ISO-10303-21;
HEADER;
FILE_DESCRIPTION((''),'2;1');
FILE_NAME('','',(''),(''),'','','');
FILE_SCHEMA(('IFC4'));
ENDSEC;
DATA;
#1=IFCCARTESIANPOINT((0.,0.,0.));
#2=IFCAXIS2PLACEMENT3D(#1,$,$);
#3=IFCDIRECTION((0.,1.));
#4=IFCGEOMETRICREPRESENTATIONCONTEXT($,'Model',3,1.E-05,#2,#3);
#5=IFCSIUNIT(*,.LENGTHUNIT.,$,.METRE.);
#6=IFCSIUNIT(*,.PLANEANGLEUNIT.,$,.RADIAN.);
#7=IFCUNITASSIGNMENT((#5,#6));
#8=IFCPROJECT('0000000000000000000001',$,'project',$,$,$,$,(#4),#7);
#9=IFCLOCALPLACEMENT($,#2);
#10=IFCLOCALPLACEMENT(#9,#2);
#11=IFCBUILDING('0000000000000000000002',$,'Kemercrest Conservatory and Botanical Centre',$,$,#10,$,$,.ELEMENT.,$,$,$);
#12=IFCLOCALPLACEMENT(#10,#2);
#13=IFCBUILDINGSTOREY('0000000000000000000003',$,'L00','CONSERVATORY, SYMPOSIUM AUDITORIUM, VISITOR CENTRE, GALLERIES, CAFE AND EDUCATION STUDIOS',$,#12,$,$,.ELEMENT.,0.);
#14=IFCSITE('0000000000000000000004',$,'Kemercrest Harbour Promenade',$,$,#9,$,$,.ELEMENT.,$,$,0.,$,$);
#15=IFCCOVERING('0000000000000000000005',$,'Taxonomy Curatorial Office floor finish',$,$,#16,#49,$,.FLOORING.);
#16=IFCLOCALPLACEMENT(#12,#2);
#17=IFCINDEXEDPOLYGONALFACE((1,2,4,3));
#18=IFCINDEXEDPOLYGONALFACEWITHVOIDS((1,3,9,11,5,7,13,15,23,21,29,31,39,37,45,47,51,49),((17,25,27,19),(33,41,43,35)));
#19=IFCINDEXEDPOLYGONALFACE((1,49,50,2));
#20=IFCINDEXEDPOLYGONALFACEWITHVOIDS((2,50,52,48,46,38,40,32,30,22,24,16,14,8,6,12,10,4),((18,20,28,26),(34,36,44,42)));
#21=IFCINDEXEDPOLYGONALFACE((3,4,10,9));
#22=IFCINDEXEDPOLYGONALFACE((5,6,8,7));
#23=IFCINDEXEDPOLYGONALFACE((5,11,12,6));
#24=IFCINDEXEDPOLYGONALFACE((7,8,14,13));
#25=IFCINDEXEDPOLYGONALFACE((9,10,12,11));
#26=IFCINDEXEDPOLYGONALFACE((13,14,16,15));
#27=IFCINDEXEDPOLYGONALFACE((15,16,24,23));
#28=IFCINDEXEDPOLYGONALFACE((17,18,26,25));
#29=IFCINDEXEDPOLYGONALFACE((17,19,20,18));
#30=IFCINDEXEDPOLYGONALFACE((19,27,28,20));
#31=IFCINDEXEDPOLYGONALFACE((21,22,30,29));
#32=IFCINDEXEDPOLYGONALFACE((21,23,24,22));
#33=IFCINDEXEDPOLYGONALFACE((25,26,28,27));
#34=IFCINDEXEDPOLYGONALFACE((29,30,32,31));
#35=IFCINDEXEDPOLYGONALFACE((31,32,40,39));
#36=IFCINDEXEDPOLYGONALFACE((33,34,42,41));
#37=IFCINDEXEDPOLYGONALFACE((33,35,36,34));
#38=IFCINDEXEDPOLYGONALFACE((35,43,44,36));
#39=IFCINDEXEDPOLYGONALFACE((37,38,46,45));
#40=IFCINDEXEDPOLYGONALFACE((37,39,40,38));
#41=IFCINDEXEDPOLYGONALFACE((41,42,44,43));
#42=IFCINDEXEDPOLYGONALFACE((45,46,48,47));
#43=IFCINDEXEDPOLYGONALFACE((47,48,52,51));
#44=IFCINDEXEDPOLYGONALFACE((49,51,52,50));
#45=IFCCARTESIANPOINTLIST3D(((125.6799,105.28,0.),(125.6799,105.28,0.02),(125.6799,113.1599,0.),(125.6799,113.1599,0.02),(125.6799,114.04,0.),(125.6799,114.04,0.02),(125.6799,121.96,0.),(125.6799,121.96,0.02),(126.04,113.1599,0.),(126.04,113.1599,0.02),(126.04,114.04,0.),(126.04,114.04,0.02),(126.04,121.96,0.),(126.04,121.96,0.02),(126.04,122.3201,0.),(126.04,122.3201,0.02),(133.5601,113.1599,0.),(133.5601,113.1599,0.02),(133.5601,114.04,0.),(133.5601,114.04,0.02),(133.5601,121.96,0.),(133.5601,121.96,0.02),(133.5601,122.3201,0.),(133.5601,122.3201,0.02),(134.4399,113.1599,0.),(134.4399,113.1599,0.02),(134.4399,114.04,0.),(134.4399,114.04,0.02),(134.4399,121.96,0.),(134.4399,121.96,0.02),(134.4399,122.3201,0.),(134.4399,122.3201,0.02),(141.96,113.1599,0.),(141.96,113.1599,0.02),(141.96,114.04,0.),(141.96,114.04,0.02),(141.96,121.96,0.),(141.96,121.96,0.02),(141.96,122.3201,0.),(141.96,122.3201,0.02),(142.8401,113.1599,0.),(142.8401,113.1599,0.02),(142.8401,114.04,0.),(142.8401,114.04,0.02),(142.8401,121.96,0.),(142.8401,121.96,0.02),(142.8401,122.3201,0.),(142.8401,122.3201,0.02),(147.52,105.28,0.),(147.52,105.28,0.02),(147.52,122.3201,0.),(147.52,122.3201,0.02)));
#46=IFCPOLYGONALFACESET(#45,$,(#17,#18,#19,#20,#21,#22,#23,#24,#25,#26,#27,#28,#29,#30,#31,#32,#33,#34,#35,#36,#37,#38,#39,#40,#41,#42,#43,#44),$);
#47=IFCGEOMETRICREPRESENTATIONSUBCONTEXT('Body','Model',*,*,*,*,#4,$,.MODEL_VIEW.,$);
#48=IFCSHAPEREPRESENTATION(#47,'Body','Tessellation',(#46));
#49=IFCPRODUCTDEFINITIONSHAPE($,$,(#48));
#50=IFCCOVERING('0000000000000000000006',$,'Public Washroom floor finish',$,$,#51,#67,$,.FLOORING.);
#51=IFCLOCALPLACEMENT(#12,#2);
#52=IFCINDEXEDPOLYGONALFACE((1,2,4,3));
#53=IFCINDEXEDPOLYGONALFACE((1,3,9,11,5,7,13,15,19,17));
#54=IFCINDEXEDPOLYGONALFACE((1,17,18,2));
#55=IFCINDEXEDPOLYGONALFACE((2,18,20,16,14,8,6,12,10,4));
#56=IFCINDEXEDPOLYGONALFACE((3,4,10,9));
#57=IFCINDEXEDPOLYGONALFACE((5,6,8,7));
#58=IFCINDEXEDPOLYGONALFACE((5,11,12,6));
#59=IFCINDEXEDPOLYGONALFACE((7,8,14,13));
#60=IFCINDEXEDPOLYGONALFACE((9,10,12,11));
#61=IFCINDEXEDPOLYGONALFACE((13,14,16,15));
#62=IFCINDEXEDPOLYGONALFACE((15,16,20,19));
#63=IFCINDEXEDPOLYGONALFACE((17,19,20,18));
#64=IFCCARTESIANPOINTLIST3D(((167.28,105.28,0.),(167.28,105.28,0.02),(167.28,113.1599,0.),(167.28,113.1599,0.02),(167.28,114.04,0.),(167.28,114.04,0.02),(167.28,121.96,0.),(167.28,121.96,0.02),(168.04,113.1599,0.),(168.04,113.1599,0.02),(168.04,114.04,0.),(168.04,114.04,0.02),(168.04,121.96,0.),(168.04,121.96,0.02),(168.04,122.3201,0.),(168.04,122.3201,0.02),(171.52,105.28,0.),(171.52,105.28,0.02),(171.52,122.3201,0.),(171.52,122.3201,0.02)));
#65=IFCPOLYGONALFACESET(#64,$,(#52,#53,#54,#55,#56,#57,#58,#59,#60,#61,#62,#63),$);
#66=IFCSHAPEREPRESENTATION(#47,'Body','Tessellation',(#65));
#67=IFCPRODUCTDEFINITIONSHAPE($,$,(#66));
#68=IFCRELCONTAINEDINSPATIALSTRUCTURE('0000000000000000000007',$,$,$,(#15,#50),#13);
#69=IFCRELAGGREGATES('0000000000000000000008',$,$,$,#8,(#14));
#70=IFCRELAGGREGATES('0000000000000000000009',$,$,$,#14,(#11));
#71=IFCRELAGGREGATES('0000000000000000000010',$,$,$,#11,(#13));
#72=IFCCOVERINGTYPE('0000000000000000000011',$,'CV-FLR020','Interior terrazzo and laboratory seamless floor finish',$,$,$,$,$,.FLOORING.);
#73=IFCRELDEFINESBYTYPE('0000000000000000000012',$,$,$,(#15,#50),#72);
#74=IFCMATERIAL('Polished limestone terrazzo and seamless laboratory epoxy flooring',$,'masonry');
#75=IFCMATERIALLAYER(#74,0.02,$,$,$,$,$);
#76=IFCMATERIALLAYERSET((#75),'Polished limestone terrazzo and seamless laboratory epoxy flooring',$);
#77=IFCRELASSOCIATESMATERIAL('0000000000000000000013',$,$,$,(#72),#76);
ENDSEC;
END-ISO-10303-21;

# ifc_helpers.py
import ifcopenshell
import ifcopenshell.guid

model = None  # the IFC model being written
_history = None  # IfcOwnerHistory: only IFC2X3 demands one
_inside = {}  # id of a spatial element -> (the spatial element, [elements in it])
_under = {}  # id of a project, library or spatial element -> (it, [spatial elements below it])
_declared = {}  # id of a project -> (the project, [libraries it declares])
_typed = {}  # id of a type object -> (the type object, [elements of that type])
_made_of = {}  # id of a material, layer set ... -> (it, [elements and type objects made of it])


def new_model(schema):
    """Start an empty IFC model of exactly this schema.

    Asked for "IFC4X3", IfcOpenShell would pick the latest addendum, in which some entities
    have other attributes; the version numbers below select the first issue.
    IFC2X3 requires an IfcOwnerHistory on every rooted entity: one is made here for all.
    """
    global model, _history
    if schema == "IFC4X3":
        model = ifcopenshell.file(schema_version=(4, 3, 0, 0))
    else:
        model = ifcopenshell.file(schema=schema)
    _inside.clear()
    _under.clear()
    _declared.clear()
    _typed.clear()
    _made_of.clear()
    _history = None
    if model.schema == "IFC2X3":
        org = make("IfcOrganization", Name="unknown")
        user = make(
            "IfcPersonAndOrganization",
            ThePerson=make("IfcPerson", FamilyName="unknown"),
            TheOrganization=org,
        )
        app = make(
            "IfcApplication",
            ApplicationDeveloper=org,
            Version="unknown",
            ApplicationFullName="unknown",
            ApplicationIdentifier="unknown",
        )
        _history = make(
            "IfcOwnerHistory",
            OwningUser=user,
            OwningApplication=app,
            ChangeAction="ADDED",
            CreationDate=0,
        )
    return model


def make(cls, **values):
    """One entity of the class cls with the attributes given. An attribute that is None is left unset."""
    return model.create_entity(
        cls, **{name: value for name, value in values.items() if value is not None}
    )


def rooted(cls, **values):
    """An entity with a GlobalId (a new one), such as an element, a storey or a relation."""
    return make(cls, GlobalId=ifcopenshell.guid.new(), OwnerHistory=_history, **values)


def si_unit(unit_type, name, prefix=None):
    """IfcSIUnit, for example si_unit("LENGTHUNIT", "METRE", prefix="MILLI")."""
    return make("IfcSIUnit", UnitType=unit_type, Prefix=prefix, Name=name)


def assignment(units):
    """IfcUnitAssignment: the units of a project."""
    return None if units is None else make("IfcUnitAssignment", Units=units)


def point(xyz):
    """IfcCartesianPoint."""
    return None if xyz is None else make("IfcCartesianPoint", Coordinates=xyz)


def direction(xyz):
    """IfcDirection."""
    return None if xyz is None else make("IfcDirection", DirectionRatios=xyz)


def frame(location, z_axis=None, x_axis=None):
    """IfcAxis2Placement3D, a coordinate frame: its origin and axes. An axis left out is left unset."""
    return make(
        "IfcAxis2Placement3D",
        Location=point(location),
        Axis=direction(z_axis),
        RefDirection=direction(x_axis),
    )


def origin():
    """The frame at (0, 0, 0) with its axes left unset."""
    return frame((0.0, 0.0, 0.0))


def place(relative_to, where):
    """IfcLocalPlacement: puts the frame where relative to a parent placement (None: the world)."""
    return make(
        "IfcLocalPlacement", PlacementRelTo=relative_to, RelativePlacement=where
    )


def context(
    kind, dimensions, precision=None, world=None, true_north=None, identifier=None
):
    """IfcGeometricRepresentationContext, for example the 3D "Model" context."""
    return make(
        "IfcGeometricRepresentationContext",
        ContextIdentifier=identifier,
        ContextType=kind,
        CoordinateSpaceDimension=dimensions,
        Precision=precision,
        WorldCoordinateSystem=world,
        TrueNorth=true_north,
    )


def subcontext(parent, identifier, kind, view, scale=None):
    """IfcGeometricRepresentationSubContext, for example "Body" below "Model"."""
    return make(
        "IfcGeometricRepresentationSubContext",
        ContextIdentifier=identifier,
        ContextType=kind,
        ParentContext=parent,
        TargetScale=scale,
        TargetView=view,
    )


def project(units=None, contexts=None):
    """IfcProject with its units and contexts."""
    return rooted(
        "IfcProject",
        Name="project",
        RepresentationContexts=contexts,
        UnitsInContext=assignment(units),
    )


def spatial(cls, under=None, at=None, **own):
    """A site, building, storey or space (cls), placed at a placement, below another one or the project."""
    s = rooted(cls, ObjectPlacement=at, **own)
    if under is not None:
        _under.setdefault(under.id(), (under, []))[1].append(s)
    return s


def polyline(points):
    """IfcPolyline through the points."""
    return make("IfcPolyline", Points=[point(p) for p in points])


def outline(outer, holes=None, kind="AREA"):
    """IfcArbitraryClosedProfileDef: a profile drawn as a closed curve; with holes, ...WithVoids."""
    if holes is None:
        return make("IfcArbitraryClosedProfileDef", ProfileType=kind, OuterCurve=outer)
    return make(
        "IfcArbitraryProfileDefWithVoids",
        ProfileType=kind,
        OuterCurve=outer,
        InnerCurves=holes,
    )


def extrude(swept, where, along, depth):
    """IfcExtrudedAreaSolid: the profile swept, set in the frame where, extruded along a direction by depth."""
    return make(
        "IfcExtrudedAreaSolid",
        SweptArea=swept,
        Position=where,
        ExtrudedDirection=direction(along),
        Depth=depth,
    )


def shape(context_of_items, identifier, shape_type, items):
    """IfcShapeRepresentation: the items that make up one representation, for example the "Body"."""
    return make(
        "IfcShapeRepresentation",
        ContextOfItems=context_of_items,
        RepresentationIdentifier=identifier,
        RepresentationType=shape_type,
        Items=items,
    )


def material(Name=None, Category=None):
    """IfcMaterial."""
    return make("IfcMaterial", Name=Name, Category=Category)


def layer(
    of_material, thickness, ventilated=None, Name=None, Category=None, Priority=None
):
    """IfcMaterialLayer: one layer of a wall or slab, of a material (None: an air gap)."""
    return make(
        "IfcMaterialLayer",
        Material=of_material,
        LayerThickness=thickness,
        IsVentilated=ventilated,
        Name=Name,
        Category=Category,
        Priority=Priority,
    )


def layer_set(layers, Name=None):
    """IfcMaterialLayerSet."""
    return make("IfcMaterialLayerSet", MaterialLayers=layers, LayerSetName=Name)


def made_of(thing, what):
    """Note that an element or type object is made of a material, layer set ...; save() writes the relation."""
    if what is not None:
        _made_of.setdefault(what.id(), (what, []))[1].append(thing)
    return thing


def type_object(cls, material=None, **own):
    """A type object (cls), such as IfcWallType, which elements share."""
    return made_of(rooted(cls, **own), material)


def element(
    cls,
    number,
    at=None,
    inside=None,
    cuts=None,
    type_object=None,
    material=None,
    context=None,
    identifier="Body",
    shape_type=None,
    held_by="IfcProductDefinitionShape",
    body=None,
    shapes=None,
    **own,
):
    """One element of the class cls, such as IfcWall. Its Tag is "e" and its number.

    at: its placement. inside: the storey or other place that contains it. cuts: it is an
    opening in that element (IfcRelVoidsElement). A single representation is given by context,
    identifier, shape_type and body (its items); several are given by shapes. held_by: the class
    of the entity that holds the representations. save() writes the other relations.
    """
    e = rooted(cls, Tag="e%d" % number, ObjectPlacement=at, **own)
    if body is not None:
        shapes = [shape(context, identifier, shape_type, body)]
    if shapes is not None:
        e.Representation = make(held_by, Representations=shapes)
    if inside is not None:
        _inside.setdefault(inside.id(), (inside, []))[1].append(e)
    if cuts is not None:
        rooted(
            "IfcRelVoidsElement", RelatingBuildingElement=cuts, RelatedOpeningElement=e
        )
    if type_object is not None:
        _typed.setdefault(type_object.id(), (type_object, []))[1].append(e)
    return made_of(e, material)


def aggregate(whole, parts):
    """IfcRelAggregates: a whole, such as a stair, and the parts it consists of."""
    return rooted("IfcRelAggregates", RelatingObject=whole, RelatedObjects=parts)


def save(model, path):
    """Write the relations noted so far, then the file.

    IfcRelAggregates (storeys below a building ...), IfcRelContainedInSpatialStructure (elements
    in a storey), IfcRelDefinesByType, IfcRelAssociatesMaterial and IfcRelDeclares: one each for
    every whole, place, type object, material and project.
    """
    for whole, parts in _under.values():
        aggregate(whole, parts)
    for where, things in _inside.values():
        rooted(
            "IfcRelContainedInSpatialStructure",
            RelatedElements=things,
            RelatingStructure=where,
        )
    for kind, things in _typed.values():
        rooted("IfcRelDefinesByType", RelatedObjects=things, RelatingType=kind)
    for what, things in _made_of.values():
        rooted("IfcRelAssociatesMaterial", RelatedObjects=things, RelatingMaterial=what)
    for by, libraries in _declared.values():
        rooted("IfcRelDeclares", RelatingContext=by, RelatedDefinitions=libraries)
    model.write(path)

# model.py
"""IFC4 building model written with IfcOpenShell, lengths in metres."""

from ifc_helpers import new_model, si_unit, direction, origin, place, context, subcontext, project, spatial, polyline, outline, extrude, material, layer, layer_set, type_object, element, save


model = new_model("IFC4")

# Units and contexts
model_context = context("Model", 3, precision=1e-05, world=origin(), true_north=direction((0.0, 1.0)))
body_context = subcontext(model_context, "Body", "Model", "MODEL_VIEW")
ifc_project = project(units=[si_unit("LENGTHUNIT", "METRE"), si_unit("PLANEANGLEUNIT", "RADIAN")], contexts=[model_context])

# Site, building, storey
site_placement = place(None, origin())
site = spatial("IfcSite", under=ifc_project, at=site_placement, Name="Kemercrest Harbour Promenade", CompositionType="ELEMENT", RefElevation=0.0)
building_placement = place(site_placement, origin())
building = spatial("IfcBuilding", under=site, at=building_placement, Name="Kemercrest Conservatory and Botanical Centre", CompositionType="ELEMENT")
storey_placement = place(building_placement, origin())
storey = spatial("IfcBuildingStorey", under=building, at=storey_placement, Name="L00", Description="CONSERVATORY, SYMPOSIUM AUDITORIUM, VISITOR CENTRE, GALLERIES, CAFE AND EDUCATION STUDIOS", CompositionType="ELEMENT", Elevation=0.0)

# Coverings
ifc_material_1 = material(Name="Polished limestone terrazzo and seamless laboratory epoxy flooring", Category="masonry")
ifc_layer_1 = layer(ifc_material_1, 0.02)
ifc_layer_set_1 = layer_set([ifc_layer_1], Name="Polished limestone terrazzo and seamless laboratory epoxy flooring")
covering_type_1 = type_object("IfcCoveringType", Name="CV-FLR020", Description="Interior terrazzo and laboratory seamless floor finish", PredefinedType="FLOORING", material=ifc_layer_set_1)
covering_1_placement = place(storey_placement, origin())
element("IfcCovering", 1, at=covering_1_placement, inside=storey, type_object=covering_type_1, Name="Taxonomy Curatorial Office floor finish", PredefinedType="FLOORING", context=body_context, shape_type="SweptSolid", body=[
    extrude(outline(polyline([(126.04, 113.1599), (125.6799, 113.1599), (125.6799, 105.28), (147.52, 105.28), (147.52, 122.3201), (142.8401, 122.3201), (142.8401, 121.96), (141.96, 121.96), (141.96, 122.3201), (134.4399, 122.3201), (134.4399, 121.96), (133.5601, 121.96), (133.5601, 122.3201), (126.04, 122.3201), (126.04, 121.96), (125.6799, 121.96), (125.6799, 114.04), (126.04, 114.04), (126.04, 113.1599)]), holes=[polyline([(141.96, 113.1599), (141.96, 114.04), (142.8401, 114.04), (142.8401, 113.1599), (141.96, 113.1599)]), polyline([(133.5601, 113.1599), (133.5601, 114.04), (134.4399, 114.04), (134.4399, 113.1599), (133.5601, 113.1599)])]), origin(), (0.0, 0.0, 1.0), 0.02),
])
covering_2_placement = place(storey_placement, origin())
element("IfcCovering", 2, at=covering_2_placement, inside=storey, type_object=covering_type_1, Name="Public Washroom floor finish", PredefinedType="FLOORING", context=body_context, shape_type="SweptSolid", body=[
    extrude(outline(polyline([(167.28, 105.28), (171.52, 105.28), (171.52, 122.3201), (168.04, 122.3201), (168.04, 121.96), (167.28, 121.96), (167.28, 114.04), (168.04, 114.04), (168.04, 113.1599), (167.28, 113.1599), (167.28, 105.28)])), origin(), (0.0, 0.0, 1.0), 0.02),
])

save(model, "model.ifc")
